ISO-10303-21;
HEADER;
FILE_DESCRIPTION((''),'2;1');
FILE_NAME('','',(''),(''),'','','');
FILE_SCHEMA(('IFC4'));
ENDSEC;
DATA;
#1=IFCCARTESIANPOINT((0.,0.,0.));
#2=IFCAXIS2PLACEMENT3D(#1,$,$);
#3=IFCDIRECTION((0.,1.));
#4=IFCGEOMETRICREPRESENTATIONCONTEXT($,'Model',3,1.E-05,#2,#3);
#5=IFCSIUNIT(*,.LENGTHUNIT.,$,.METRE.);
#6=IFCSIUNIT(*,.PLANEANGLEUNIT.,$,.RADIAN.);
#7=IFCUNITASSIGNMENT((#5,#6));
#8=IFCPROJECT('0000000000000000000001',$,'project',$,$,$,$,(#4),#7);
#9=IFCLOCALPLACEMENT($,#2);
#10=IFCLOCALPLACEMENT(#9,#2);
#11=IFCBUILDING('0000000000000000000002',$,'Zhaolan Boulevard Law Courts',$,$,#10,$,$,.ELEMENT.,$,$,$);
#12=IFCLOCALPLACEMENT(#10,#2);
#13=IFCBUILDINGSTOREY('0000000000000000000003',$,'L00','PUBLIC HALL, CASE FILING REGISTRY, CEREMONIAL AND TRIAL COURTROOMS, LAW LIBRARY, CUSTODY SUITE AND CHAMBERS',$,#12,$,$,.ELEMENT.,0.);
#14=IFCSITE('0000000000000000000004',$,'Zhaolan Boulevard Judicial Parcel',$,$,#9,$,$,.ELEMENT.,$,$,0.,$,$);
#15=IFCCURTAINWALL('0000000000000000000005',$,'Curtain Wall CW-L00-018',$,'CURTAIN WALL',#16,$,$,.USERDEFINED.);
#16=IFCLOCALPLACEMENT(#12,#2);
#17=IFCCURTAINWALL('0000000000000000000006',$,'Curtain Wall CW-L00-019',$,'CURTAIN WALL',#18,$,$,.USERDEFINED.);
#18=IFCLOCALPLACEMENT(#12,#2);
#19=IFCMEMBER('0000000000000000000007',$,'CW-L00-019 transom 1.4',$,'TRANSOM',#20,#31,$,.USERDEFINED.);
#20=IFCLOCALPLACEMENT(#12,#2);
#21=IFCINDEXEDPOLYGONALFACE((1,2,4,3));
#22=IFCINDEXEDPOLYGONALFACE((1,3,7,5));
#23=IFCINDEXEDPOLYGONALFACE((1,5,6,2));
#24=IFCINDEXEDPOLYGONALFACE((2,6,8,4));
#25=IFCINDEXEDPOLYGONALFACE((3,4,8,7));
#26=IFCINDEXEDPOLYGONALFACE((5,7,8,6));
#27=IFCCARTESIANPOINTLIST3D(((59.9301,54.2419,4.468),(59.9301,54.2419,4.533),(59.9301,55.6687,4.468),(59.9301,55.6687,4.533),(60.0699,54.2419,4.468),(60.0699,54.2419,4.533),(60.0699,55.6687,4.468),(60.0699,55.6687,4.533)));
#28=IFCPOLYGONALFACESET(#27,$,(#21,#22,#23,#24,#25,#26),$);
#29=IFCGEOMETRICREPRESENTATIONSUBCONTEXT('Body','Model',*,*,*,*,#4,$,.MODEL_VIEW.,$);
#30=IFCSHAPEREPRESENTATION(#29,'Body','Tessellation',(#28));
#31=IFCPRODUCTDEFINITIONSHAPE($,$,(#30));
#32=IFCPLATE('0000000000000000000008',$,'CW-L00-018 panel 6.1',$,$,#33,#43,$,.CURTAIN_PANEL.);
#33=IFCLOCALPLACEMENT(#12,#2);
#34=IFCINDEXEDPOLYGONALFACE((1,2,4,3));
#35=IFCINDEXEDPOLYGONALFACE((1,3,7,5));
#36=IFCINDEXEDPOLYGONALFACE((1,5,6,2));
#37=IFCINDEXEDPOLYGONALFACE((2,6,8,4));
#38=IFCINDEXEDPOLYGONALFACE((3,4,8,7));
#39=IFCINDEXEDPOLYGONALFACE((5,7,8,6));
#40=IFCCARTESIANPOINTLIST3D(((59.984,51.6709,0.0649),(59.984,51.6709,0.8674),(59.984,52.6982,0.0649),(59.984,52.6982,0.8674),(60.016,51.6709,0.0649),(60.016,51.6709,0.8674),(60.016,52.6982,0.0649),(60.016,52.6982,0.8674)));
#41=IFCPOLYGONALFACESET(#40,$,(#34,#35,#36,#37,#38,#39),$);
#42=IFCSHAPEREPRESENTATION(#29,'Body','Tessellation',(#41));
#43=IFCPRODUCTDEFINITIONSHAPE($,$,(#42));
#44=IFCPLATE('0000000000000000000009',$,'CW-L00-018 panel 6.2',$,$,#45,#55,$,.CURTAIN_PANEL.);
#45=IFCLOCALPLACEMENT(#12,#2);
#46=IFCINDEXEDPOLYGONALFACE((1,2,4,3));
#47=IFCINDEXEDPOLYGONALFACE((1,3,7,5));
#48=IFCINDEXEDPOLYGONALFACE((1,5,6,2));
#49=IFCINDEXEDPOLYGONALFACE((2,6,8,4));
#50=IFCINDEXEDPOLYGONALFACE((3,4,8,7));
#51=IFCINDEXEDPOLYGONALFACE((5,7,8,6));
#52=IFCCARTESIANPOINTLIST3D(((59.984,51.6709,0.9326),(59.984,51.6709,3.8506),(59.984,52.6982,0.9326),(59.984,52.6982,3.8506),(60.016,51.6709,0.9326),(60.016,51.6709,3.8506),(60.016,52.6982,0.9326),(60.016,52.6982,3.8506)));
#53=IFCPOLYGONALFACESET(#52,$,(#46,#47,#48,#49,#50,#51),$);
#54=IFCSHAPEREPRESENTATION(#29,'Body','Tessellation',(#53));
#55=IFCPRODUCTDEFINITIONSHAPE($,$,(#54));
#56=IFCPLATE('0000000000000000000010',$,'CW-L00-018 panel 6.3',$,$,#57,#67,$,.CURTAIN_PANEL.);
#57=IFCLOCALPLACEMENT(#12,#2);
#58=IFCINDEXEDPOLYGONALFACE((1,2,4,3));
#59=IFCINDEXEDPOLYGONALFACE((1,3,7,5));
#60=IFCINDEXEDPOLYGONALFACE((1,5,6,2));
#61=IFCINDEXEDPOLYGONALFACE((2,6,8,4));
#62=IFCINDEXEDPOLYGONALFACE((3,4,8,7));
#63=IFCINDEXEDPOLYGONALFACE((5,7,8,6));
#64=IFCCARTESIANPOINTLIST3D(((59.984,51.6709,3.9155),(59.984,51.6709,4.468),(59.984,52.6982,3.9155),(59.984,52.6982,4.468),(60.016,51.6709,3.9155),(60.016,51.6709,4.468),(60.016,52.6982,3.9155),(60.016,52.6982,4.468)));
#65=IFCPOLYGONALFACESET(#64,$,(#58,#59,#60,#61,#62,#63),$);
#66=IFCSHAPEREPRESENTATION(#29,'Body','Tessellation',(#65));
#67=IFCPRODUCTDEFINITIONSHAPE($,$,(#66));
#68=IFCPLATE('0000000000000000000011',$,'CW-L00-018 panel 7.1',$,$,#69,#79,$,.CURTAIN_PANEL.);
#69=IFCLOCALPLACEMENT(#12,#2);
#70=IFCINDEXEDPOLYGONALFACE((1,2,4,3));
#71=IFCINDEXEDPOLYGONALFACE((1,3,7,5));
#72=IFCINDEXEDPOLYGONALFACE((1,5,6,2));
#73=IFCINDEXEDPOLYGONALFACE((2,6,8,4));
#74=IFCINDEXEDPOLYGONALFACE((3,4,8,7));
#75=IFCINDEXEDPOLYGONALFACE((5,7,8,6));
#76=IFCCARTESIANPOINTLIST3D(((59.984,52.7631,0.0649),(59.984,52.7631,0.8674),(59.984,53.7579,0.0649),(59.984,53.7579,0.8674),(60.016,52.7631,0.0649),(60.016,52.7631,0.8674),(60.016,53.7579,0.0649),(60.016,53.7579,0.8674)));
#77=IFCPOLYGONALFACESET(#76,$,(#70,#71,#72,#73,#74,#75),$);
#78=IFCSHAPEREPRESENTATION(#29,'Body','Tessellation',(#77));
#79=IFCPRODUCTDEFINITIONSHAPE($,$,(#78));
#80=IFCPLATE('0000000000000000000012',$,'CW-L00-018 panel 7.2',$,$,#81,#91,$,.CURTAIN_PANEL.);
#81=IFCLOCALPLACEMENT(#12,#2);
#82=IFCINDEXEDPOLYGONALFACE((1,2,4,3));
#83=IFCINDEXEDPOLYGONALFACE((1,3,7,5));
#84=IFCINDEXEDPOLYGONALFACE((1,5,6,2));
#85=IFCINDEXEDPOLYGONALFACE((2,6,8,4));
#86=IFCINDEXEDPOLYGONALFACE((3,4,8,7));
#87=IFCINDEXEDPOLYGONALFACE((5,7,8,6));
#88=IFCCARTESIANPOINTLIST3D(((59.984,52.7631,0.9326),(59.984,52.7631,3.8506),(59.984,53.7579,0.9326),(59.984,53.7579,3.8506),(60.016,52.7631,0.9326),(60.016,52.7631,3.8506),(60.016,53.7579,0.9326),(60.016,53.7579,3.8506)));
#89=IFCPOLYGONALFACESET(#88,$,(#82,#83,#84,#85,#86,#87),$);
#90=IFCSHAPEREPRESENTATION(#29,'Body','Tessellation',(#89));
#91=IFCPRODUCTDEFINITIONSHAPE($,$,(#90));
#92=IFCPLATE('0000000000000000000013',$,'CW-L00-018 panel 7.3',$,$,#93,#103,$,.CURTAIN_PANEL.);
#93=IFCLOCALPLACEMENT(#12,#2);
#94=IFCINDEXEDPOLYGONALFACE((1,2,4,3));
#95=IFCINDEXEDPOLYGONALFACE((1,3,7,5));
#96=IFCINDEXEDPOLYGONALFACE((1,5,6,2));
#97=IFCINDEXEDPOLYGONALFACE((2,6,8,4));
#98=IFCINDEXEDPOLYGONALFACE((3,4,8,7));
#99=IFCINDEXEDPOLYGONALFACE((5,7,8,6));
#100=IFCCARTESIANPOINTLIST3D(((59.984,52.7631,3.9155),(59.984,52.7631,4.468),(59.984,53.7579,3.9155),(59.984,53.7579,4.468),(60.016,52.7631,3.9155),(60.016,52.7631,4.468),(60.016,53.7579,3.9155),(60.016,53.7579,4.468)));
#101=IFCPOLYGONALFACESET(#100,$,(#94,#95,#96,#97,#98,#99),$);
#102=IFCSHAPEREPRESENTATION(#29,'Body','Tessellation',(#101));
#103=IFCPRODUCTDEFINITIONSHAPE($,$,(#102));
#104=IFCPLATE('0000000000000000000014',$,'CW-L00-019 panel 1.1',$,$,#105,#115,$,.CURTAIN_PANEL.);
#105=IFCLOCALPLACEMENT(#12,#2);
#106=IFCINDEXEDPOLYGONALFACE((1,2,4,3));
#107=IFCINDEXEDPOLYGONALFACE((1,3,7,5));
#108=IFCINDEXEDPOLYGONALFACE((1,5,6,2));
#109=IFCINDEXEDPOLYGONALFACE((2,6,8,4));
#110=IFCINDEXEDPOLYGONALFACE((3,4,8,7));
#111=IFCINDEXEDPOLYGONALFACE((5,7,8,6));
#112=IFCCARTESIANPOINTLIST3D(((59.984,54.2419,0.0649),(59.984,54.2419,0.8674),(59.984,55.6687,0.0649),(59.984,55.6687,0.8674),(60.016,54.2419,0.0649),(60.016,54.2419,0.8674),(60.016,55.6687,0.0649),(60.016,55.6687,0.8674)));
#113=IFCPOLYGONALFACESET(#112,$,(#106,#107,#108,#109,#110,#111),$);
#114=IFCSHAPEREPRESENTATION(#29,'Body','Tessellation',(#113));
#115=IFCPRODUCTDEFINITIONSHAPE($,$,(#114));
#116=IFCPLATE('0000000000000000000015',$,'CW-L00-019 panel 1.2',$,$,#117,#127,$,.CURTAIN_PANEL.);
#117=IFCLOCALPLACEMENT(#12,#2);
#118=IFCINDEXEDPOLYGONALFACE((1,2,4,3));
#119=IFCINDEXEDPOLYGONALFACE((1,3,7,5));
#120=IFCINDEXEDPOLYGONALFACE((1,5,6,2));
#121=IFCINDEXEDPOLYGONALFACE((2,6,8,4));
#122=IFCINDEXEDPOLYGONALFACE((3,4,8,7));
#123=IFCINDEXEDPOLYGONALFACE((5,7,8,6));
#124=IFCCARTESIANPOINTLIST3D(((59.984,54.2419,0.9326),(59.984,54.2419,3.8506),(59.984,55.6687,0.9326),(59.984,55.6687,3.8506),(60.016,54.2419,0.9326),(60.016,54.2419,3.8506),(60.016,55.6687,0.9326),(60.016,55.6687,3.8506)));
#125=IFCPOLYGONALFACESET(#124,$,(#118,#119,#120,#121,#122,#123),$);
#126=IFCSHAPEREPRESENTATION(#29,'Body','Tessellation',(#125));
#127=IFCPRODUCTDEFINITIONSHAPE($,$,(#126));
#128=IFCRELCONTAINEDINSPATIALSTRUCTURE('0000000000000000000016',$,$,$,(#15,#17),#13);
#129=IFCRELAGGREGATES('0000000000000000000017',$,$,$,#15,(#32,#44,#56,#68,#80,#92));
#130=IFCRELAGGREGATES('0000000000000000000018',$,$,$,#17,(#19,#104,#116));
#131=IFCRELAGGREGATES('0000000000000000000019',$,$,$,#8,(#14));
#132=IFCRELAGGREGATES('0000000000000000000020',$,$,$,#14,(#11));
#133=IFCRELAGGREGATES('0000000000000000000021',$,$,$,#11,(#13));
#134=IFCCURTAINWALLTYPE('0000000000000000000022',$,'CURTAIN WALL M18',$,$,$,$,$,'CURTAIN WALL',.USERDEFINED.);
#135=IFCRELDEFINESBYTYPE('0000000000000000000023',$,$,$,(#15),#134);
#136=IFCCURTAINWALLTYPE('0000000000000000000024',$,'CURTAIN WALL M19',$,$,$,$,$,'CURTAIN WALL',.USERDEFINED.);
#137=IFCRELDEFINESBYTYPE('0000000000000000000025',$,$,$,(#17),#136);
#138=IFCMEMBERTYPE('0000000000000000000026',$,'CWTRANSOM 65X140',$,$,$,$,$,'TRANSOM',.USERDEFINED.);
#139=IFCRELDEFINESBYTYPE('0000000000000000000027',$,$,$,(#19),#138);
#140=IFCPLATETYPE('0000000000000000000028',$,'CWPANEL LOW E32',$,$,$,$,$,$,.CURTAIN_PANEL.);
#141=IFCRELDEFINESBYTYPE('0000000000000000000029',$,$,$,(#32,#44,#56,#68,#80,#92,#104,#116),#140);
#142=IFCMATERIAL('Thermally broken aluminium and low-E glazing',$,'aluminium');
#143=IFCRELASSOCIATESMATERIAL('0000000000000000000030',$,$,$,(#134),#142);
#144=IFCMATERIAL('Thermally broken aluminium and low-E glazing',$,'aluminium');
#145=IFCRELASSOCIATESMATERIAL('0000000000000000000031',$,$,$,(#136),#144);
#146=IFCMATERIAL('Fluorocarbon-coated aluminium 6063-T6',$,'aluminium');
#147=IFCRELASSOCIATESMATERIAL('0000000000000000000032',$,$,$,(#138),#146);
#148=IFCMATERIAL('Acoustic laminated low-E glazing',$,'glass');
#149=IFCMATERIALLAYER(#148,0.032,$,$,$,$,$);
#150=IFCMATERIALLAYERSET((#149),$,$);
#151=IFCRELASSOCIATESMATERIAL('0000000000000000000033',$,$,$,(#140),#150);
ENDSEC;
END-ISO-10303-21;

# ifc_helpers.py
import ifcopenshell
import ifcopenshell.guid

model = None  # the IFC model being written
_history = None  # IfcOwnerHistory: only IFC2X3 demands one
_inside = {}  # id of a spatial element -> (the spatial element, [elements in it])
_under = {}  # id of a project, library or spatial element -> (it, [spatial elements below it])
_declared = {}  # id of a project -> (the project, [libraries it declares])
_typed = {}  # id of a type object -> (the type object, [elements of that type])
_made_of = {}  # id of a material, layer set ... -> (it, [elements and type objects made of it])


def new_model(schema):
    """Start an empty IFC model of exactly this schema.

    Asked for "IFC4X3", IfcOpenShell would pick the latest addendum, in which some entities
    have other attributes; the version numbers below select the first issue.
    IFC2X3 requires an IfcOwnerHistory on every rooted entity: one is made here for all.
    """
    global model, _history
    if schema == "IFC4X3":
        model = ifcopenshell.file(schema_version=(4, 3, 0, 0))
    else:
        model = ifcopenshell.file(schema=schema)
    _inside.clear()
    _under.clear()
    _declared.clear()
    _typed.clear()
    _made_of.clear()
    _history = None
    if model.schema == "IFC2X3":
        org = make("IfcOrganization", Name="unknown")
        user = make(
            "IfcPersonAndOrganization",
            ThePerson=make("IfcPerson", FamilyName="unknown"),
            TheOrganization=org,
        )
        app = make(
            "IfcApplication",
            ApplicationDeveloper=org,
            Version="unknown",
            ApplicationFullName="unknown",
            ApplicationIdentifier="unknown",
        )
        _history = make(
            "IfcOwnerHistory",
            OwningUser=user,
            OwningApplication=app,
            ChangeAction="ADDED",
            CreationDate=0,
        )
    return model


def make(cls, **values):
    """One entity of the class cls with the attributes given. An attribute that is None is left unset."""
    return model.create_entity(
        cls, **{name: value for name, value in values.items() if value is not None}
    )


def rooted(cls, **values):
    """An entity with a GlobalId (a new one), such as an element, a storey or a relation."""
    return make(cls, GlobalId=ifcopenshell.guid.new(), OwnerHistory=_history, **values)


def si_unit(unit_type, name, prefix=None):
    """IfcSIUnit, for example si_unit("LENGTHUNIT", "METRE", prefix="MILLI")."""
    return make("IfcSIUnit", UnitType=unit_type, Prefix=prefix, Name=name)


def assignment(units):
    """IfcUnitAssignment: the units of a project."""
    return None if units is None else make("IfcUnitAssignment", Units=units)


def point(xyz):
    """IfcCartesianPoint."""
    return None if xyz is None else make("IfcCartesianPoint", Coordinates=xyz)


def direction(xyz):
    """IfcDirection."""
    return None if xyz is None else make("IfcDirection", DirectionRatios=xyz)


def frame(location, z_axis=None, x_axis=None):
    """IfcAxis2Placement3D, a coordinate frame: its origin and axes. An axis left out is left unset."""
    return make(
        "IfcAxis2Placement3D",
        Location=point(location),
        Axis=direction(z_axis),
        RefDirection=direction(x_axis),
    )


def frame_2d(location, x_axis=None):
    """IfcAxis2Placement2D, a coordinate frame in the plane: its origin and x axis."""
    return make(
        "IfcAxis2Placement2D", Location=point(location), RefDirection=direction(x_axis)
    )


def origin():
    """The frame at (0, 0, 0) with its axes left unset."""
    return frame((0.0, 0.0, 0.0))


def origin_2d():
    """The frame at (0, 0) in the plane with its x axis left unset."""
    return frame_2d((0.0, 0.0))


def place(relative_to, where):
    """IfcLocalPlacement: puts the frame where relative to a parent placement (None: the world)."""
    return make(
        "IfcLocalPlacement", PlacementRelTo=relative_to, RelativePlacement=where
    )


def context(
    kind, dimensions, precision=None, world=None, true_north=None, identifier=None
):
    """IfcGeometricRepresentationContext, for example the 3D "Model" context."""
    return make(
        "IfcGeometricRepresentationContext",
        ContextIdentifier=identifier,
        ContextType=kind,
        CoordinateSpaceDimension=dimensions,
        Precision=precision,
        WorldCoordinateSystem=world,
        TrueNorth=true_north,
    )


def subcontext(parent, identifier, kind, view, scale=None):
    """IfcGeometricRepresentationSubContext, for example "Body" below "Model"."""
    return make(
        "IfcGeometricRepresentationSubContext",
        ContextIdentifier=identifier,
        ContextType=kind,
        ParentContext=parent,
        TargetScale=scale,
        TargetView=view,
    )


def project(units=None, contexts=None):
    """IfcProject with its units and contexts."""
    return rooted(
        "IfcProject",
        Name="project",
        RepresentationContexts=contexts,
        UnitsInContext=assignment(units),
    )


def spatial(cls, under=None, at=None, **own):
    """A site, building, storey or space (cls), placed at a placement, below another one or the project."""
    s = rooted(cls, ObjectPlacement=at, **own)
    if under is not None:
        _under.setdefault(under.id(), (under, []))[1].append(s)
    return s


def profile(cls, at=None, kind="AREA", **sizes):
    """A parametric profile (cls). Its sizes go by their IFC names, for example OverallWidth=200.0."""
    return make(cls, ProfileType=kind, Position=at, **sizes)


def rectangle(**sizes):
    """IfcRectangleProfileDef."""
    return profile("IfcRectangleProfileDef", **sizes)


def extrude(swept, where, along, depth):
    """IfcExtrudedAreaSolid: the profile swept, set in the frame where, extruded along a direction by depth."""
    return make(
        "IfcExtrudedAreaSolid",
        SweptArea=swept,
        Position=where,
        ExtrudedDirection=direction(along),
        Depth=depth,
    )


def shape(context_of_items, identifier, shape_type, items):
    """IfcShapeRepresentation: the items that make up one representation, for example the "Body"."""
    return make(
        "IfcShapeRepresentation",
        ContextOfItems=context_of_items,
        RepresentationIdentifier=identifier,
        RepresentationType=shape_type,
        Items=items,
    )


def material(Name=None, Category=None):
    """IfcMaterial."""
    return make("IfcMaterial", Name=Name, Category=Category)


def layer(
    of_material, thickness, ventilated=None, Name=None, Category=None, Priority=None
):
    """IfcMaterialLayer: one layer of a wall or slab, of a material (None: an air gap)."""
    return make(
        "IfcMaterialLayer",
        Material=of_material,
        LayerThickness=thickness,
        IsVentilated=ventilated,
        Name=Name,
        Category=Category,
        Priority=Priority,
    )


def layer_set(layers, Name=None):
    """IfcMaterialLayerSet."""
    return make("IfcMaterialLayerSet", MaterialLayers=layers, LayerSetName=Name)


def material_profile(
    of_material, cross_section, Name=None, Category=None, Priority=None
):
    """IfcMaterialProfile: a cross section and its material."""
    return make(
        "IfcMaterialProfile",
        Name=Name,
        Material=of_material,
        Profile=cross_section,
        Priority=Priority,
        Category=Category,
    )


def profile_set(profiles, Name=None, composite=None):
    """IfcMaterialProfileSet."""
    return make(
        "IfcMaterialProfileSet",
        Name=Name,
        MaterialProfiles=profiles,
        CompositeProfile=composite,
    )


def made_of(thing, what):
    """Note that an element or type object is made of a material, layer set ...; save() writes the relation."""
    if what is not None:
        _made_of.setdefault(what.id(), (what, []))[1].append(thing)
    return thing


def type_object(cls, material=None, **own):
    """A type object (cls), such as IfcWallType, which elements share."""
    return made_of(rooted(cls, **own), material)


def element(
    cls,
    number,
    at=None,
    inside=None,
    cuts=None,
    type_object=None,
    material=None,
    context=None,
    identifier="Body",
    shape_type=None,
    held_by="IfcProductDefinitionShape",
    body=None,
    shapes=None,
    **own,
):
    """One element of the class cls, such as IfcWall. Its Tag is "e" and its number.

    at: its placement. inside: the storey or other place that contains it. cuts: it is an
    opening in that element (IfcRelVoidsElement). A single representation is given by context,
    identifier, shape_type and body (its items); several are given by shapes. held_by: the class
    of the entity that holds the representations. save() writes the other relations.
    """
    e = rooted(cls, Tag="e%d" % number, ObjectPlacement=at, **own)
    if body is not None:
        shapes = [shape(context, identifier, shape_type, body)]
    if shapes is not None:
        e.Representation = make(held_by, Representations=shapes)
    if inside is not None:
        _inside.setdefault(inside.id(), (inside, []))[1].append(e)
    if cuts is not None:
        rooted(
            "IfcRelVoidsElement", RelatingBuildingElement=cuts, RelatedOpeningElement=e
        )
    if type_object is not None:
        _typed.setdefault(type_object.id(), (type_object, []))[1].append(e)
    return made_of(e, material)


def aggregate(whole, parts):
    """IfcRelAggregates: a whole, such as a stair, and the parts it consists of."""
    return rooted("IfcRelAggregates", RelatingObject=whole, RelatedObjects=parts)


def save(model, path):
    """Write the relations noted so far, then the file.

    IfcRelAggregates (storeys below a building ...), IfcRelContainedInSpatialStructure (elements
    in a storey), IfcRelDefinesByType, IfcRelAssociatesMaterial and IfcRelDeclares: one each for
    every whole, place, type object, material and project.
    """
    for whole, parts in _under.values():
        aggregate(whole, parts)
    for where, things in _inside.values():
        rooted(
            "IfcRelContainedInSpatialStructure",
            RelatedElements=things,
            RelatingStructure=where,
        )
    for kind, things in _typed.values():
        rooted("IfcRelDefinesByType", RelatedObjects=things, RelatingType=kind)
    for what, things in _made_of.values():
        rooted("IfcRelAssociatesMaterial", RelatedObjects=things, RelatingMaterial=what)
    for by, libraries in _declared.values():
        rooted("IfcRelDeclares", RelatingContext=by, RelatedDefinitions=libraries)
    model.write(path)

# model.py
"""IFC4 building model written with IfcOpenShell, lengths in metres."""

from ifc_helpers import new_model, si_unit, direction, frame, origin, origin_2d, place, context, subcontext, project, spatial, rectangle, extrude, material, layer, layer_set, material_profile, profile_set, type_object, element, aggregate, save


model = new_model("IFC4")

# Units and contexts
model_context = context("Model", 3, precision=1e-05, world=origin(), true_north=direction((0.0, 1.0)))
body_context = subcontext(model_context, "Body", "Model", "MODEL_VIEW")
ifc_project = project(units=[si_unit("LENGTHUNIT", "METRE"), si_unit("PLANEANGLEUNIT", "RADIAN")], contexts=[model_context])

# Site, building, storey
site_placement = place(None, origin())
site = spatial("IfcSite", under=ifc_project, at=site_placement, Name="Zhaolan Boulevard Judicial Parcel", CompositionType="ELEMENT", RefElevation=0.0)
building_placement = place(site_placement, origin())
building = spatial("IfcBuilding", under=site, at=building_placement, Name="Zhaolan Boulevard Law Courts", CompositionType="ELEMENT")
storey_placement = place(building_placement, origin())
storey = spatial("IfcBuildingStorey", under=building, at=storey_placement, Name="L00", Description="PUBLIC HALL, CASE FILING REGISTRY, CEREMONIAL AND TRIAL COURTROOMS, LAW LIBRARY, CUSTODY SUITE AND CHAMBERS", CompositionType="ELEMENT", Elevation=0.0)

# Curtain wall
ifc_material_1 = material(Name="Thermally broken aluminium and low-E glazing", Category="aluminium")
curtain_wall_type_1 = type_object("IfcCurtainWallType", Name="CURTAIN WALL M18", ElementType="CURTAIN WALL", PredefinedType="USERDEFINED", material=ifc_material_1)
curtain_wall_1_placement = place(storey_placement, origin())
curtain_wall_1 = element("IfcCurtainWall", 1, at=curtain_wall_1_placement, inside=storey, type_object=curtain_wall_type_1, Name="Curtain Wall CW-L00-018", ObjectType="CURTAIN WALL", PredefinedType="USERDEFINED")

# Curtain wall
ifc_material_2 = material(Name="Thermally broken aluminium and low-E glazing", Category="aluminium")
curtain_wall_type_2 = type_object("IfcCurtainWallType", Name="CURTAIN WALL M19", ElementType="CURTAIN WALL", PredefinedType="USERDEFINED", material=ifc_material_2)
curtain_wall_2_placement = place(storey_placement, origin())
curtain_wall_2 = element("IfcCurtainWall", 2, at=curtain_wall_2_placement, inside=storey, type_object=curtain_wall_type_2, Name="Curtain Wall CW-L00-019", ObjectType="CURTAIN WALL", PredefinedType="USERDEFINED")

# Member
ifc_material_3 = material(Name="Fluorocarbon-coated aluminium 6063-T6", Category="aluminium")
ifc_material_profile_1 = material_profile(ifc_material_3, rectangle(XDim=0.1399, YDim=0.0649, at=origin_2d()), Name="AL65x140")
ifc_profile_set_1 = profile_set([ifc_material_profile_1], Name="Fluorocarbon-coated aluminium 6063-T6")
member_type_1 = type_object("IfcMemberType", Name="CWTRANSOM 65X140", ElementType="TRANSOM", PredefinedType="USERDEFINED", material=ifc_profile_set_1)
member_1_placement = place(storey_placement, frame((60.0, 54.2419, 4.5005), z_axis=(0.0, 1.0, 0.0), x_axis=(-1.0, 0.0, 0.0)))
member_1 = element("IfcMember", 3, at=member_1_placement, type_object=member_type_1, Name="CW-L00-019 transom 1.4", ObjectType="TRANSOM", PredefinedType="USERDEFINED", context=body_context, shape_type="SweptSolid", body=[
    extrude(rectangle(XDim=0.1399, YDim=0.0649, at=origin_2d()), origin(), (0.0, 0.0, 1.0), 1.4268),
])

# Plates
ifc_material_4 = material(Name="Acoustic laminated low-E glazing", Category="glass")
ifc_layer = layer(ifc_material_4, 0.032)
ifc_layer_set = layer_set([ifc_layer])
plate_type = type_object("IfcPlateType", Name="CWPANEL LOW E32", PredefinedType="CURTAIN_PANEL", material=ifc_layer_set)
plate_1_placement = place(storey_placement, frame((60.0, 52.1846, 0.0649), z_axis=(0.0, 0.0, 1.0), x_axis=(0.0, 1.0, 0.0)))
plate_1 = element("IfcPlate", 4, at=plate_1_placement, type_object=plate_type, Name="CW-L00-018 panel 6.1", PredefinedType="CURTAIN_PANEL", context=body_context, shape_type="SweptSolid", body=[
    extrude(rectangle(XDim=1.0273, YDim=0.032, at=origin_2d()), origin(), (0.0, 0.0, 1.0), 0.8025),
])
plate_2_placement = place(storey_placement, frame((60.0, 52.1846, 0.9326), z_axis=(0.0, 0.0, 1.0), x_axis=(0.0, 1.0, 0.0)))
plate_2 = element("IfcPlate", 5, at=plate_2_placement, type_object=plate_type, Name="CW-L00-018 panel 6.2", PredefinedType="CURTAIN_PANEL", context=body_context, shape_type="SweptSolid", body=[
    extrude(rectangle(XDim=1.0273, YDim=0.032, at=origin_2d()), origin(), (0.0, 0.0, 1.0), 2.918),
])
plate_3_placement = place(storey_placement, frame((60.0, 52.1846, 3.9155), z_axis=(0.0, 0.0, 1.0), x_axis=(0.0, 1.0, 0.0)))
plate_3 = element("IfcPlate", 6, at=plate_3_placement, type_object=plate_type, Name="CW-L00-018 panel 6.3", PredefinedType="CURTAIN_PANEL", context=body_context, shape_type="SweptSolid", body=[
    extrude(rectangle(XDim=1.0273, YDim=0.032, at=origin_2d()), origin(), (0.0, 0.0, 1.0), 0.5525),
])
plate_4_placement = place(storey_placement, frame((60.0, 53.2605, 0.0649), z_axis=(0.0, 0.0, 1.0), x_axis=(0.0, 1.0, 0.0)))
plate_4 = element("IfcPlate", 7, at=plate_4_placement, type_object=plate_type, Name="CW-L00-018 panel 7.1", PredefinedType="CURTAIN_PANEL", context=body_context, shape_type="SweptSolid", body=[
    extrude(rectangle(XDim=0.9949, YDim=0.032, at=origin_2d()), origin(), (0.0, 0.0, 1.0), 0.8025),
])
plate_5_placement = place(storey_placement, frame((60.0, 53.2605, 0.9326), z_axis=(0.0, 0.0, 1.0), x_axis=(0.0, 1.0, 0.0)))
plate_5 = element("IfcPlate", 8, at=plate_5_placement, type_object=plate_type, Name="CW-L00-018 panel 7.2", PredefinedType="CURTAIN_PANEL", context=body_context, shape_type="SweptSolid", body=[
    extrude(rectangle(XDim=0.9949, YDim=0.032, at=origin_2d()), origin(), (0.0, 0.0, 1.0), 2.918),
])
plate_6_placement = place(storey_placement, frame((60.0, 53.2605, 3.9155), z_axis=(0.0, 0.0, 1.0), x_axis=(0.0, 1.0, 0.0)))
plate_6 = element("IfcPlate", 9, at=plate_6_placement, type_object=plate_type, Name="CW-L00-018 panel 7.3", PredefinedType="CURTAIN_PANEL", context=body_context, shape_type="SweptSolid", body=[
    extrude(rectangle(XDim=0.9949, YDim=0.032, at=origin_2d()), origin(), (0.0, 0.0, 1.0), 0.5525),
])
aggregate(curtain_wall_1, [plate_1, plate_2, plate_3, plate_4, plate_5, plate_6])
plate_7_placement = place(storey_placement, frame((60.0, 54.9553, 0.0649), z_axis=(0.0, 0.0, 1.0), x_axis=(0.0, 1.0, 0.0)))
plate_7 = element("IfcPlate", 10, at=plate_7_placement, type_object=plate_type, Name="CW-L00-019 panel 1.1", PredefinedType="CURTAIN_PANEL", context=body_context, shape_type="SweptSolid", body=[
    extrude(rectangle(XDim=1.4268, YDim=0.032, at=origin_2d()), origin(), (0.0, 0.0, 1.0), 0.8025),
])
plate_8_placement = place(storey_placement, frame((60.0, 54.9553, 0.9326), z_axis=(0.0, 0.0, 1.0), x_axis=(0.0, 1.0, 0.0)))
plate_8 = element("IfcPlate", 11, at=plate_8_placement, type_object=plate_type, Name="CW-L00-019 panel 1.2", PredefinedType="CURTAIN_PANEL", context=body_context, shape_type="SweptSolid", body=[
    extrude(rectangle(XDim=1.4268, YDim=0.032, at=origin_2d()), origin(), (0.0, 0.0, 1.0), 2.918),
])
aggregate(curtain_wall_2, [member_1, plate_7, plate_8])

save(model, "model.ifc")
